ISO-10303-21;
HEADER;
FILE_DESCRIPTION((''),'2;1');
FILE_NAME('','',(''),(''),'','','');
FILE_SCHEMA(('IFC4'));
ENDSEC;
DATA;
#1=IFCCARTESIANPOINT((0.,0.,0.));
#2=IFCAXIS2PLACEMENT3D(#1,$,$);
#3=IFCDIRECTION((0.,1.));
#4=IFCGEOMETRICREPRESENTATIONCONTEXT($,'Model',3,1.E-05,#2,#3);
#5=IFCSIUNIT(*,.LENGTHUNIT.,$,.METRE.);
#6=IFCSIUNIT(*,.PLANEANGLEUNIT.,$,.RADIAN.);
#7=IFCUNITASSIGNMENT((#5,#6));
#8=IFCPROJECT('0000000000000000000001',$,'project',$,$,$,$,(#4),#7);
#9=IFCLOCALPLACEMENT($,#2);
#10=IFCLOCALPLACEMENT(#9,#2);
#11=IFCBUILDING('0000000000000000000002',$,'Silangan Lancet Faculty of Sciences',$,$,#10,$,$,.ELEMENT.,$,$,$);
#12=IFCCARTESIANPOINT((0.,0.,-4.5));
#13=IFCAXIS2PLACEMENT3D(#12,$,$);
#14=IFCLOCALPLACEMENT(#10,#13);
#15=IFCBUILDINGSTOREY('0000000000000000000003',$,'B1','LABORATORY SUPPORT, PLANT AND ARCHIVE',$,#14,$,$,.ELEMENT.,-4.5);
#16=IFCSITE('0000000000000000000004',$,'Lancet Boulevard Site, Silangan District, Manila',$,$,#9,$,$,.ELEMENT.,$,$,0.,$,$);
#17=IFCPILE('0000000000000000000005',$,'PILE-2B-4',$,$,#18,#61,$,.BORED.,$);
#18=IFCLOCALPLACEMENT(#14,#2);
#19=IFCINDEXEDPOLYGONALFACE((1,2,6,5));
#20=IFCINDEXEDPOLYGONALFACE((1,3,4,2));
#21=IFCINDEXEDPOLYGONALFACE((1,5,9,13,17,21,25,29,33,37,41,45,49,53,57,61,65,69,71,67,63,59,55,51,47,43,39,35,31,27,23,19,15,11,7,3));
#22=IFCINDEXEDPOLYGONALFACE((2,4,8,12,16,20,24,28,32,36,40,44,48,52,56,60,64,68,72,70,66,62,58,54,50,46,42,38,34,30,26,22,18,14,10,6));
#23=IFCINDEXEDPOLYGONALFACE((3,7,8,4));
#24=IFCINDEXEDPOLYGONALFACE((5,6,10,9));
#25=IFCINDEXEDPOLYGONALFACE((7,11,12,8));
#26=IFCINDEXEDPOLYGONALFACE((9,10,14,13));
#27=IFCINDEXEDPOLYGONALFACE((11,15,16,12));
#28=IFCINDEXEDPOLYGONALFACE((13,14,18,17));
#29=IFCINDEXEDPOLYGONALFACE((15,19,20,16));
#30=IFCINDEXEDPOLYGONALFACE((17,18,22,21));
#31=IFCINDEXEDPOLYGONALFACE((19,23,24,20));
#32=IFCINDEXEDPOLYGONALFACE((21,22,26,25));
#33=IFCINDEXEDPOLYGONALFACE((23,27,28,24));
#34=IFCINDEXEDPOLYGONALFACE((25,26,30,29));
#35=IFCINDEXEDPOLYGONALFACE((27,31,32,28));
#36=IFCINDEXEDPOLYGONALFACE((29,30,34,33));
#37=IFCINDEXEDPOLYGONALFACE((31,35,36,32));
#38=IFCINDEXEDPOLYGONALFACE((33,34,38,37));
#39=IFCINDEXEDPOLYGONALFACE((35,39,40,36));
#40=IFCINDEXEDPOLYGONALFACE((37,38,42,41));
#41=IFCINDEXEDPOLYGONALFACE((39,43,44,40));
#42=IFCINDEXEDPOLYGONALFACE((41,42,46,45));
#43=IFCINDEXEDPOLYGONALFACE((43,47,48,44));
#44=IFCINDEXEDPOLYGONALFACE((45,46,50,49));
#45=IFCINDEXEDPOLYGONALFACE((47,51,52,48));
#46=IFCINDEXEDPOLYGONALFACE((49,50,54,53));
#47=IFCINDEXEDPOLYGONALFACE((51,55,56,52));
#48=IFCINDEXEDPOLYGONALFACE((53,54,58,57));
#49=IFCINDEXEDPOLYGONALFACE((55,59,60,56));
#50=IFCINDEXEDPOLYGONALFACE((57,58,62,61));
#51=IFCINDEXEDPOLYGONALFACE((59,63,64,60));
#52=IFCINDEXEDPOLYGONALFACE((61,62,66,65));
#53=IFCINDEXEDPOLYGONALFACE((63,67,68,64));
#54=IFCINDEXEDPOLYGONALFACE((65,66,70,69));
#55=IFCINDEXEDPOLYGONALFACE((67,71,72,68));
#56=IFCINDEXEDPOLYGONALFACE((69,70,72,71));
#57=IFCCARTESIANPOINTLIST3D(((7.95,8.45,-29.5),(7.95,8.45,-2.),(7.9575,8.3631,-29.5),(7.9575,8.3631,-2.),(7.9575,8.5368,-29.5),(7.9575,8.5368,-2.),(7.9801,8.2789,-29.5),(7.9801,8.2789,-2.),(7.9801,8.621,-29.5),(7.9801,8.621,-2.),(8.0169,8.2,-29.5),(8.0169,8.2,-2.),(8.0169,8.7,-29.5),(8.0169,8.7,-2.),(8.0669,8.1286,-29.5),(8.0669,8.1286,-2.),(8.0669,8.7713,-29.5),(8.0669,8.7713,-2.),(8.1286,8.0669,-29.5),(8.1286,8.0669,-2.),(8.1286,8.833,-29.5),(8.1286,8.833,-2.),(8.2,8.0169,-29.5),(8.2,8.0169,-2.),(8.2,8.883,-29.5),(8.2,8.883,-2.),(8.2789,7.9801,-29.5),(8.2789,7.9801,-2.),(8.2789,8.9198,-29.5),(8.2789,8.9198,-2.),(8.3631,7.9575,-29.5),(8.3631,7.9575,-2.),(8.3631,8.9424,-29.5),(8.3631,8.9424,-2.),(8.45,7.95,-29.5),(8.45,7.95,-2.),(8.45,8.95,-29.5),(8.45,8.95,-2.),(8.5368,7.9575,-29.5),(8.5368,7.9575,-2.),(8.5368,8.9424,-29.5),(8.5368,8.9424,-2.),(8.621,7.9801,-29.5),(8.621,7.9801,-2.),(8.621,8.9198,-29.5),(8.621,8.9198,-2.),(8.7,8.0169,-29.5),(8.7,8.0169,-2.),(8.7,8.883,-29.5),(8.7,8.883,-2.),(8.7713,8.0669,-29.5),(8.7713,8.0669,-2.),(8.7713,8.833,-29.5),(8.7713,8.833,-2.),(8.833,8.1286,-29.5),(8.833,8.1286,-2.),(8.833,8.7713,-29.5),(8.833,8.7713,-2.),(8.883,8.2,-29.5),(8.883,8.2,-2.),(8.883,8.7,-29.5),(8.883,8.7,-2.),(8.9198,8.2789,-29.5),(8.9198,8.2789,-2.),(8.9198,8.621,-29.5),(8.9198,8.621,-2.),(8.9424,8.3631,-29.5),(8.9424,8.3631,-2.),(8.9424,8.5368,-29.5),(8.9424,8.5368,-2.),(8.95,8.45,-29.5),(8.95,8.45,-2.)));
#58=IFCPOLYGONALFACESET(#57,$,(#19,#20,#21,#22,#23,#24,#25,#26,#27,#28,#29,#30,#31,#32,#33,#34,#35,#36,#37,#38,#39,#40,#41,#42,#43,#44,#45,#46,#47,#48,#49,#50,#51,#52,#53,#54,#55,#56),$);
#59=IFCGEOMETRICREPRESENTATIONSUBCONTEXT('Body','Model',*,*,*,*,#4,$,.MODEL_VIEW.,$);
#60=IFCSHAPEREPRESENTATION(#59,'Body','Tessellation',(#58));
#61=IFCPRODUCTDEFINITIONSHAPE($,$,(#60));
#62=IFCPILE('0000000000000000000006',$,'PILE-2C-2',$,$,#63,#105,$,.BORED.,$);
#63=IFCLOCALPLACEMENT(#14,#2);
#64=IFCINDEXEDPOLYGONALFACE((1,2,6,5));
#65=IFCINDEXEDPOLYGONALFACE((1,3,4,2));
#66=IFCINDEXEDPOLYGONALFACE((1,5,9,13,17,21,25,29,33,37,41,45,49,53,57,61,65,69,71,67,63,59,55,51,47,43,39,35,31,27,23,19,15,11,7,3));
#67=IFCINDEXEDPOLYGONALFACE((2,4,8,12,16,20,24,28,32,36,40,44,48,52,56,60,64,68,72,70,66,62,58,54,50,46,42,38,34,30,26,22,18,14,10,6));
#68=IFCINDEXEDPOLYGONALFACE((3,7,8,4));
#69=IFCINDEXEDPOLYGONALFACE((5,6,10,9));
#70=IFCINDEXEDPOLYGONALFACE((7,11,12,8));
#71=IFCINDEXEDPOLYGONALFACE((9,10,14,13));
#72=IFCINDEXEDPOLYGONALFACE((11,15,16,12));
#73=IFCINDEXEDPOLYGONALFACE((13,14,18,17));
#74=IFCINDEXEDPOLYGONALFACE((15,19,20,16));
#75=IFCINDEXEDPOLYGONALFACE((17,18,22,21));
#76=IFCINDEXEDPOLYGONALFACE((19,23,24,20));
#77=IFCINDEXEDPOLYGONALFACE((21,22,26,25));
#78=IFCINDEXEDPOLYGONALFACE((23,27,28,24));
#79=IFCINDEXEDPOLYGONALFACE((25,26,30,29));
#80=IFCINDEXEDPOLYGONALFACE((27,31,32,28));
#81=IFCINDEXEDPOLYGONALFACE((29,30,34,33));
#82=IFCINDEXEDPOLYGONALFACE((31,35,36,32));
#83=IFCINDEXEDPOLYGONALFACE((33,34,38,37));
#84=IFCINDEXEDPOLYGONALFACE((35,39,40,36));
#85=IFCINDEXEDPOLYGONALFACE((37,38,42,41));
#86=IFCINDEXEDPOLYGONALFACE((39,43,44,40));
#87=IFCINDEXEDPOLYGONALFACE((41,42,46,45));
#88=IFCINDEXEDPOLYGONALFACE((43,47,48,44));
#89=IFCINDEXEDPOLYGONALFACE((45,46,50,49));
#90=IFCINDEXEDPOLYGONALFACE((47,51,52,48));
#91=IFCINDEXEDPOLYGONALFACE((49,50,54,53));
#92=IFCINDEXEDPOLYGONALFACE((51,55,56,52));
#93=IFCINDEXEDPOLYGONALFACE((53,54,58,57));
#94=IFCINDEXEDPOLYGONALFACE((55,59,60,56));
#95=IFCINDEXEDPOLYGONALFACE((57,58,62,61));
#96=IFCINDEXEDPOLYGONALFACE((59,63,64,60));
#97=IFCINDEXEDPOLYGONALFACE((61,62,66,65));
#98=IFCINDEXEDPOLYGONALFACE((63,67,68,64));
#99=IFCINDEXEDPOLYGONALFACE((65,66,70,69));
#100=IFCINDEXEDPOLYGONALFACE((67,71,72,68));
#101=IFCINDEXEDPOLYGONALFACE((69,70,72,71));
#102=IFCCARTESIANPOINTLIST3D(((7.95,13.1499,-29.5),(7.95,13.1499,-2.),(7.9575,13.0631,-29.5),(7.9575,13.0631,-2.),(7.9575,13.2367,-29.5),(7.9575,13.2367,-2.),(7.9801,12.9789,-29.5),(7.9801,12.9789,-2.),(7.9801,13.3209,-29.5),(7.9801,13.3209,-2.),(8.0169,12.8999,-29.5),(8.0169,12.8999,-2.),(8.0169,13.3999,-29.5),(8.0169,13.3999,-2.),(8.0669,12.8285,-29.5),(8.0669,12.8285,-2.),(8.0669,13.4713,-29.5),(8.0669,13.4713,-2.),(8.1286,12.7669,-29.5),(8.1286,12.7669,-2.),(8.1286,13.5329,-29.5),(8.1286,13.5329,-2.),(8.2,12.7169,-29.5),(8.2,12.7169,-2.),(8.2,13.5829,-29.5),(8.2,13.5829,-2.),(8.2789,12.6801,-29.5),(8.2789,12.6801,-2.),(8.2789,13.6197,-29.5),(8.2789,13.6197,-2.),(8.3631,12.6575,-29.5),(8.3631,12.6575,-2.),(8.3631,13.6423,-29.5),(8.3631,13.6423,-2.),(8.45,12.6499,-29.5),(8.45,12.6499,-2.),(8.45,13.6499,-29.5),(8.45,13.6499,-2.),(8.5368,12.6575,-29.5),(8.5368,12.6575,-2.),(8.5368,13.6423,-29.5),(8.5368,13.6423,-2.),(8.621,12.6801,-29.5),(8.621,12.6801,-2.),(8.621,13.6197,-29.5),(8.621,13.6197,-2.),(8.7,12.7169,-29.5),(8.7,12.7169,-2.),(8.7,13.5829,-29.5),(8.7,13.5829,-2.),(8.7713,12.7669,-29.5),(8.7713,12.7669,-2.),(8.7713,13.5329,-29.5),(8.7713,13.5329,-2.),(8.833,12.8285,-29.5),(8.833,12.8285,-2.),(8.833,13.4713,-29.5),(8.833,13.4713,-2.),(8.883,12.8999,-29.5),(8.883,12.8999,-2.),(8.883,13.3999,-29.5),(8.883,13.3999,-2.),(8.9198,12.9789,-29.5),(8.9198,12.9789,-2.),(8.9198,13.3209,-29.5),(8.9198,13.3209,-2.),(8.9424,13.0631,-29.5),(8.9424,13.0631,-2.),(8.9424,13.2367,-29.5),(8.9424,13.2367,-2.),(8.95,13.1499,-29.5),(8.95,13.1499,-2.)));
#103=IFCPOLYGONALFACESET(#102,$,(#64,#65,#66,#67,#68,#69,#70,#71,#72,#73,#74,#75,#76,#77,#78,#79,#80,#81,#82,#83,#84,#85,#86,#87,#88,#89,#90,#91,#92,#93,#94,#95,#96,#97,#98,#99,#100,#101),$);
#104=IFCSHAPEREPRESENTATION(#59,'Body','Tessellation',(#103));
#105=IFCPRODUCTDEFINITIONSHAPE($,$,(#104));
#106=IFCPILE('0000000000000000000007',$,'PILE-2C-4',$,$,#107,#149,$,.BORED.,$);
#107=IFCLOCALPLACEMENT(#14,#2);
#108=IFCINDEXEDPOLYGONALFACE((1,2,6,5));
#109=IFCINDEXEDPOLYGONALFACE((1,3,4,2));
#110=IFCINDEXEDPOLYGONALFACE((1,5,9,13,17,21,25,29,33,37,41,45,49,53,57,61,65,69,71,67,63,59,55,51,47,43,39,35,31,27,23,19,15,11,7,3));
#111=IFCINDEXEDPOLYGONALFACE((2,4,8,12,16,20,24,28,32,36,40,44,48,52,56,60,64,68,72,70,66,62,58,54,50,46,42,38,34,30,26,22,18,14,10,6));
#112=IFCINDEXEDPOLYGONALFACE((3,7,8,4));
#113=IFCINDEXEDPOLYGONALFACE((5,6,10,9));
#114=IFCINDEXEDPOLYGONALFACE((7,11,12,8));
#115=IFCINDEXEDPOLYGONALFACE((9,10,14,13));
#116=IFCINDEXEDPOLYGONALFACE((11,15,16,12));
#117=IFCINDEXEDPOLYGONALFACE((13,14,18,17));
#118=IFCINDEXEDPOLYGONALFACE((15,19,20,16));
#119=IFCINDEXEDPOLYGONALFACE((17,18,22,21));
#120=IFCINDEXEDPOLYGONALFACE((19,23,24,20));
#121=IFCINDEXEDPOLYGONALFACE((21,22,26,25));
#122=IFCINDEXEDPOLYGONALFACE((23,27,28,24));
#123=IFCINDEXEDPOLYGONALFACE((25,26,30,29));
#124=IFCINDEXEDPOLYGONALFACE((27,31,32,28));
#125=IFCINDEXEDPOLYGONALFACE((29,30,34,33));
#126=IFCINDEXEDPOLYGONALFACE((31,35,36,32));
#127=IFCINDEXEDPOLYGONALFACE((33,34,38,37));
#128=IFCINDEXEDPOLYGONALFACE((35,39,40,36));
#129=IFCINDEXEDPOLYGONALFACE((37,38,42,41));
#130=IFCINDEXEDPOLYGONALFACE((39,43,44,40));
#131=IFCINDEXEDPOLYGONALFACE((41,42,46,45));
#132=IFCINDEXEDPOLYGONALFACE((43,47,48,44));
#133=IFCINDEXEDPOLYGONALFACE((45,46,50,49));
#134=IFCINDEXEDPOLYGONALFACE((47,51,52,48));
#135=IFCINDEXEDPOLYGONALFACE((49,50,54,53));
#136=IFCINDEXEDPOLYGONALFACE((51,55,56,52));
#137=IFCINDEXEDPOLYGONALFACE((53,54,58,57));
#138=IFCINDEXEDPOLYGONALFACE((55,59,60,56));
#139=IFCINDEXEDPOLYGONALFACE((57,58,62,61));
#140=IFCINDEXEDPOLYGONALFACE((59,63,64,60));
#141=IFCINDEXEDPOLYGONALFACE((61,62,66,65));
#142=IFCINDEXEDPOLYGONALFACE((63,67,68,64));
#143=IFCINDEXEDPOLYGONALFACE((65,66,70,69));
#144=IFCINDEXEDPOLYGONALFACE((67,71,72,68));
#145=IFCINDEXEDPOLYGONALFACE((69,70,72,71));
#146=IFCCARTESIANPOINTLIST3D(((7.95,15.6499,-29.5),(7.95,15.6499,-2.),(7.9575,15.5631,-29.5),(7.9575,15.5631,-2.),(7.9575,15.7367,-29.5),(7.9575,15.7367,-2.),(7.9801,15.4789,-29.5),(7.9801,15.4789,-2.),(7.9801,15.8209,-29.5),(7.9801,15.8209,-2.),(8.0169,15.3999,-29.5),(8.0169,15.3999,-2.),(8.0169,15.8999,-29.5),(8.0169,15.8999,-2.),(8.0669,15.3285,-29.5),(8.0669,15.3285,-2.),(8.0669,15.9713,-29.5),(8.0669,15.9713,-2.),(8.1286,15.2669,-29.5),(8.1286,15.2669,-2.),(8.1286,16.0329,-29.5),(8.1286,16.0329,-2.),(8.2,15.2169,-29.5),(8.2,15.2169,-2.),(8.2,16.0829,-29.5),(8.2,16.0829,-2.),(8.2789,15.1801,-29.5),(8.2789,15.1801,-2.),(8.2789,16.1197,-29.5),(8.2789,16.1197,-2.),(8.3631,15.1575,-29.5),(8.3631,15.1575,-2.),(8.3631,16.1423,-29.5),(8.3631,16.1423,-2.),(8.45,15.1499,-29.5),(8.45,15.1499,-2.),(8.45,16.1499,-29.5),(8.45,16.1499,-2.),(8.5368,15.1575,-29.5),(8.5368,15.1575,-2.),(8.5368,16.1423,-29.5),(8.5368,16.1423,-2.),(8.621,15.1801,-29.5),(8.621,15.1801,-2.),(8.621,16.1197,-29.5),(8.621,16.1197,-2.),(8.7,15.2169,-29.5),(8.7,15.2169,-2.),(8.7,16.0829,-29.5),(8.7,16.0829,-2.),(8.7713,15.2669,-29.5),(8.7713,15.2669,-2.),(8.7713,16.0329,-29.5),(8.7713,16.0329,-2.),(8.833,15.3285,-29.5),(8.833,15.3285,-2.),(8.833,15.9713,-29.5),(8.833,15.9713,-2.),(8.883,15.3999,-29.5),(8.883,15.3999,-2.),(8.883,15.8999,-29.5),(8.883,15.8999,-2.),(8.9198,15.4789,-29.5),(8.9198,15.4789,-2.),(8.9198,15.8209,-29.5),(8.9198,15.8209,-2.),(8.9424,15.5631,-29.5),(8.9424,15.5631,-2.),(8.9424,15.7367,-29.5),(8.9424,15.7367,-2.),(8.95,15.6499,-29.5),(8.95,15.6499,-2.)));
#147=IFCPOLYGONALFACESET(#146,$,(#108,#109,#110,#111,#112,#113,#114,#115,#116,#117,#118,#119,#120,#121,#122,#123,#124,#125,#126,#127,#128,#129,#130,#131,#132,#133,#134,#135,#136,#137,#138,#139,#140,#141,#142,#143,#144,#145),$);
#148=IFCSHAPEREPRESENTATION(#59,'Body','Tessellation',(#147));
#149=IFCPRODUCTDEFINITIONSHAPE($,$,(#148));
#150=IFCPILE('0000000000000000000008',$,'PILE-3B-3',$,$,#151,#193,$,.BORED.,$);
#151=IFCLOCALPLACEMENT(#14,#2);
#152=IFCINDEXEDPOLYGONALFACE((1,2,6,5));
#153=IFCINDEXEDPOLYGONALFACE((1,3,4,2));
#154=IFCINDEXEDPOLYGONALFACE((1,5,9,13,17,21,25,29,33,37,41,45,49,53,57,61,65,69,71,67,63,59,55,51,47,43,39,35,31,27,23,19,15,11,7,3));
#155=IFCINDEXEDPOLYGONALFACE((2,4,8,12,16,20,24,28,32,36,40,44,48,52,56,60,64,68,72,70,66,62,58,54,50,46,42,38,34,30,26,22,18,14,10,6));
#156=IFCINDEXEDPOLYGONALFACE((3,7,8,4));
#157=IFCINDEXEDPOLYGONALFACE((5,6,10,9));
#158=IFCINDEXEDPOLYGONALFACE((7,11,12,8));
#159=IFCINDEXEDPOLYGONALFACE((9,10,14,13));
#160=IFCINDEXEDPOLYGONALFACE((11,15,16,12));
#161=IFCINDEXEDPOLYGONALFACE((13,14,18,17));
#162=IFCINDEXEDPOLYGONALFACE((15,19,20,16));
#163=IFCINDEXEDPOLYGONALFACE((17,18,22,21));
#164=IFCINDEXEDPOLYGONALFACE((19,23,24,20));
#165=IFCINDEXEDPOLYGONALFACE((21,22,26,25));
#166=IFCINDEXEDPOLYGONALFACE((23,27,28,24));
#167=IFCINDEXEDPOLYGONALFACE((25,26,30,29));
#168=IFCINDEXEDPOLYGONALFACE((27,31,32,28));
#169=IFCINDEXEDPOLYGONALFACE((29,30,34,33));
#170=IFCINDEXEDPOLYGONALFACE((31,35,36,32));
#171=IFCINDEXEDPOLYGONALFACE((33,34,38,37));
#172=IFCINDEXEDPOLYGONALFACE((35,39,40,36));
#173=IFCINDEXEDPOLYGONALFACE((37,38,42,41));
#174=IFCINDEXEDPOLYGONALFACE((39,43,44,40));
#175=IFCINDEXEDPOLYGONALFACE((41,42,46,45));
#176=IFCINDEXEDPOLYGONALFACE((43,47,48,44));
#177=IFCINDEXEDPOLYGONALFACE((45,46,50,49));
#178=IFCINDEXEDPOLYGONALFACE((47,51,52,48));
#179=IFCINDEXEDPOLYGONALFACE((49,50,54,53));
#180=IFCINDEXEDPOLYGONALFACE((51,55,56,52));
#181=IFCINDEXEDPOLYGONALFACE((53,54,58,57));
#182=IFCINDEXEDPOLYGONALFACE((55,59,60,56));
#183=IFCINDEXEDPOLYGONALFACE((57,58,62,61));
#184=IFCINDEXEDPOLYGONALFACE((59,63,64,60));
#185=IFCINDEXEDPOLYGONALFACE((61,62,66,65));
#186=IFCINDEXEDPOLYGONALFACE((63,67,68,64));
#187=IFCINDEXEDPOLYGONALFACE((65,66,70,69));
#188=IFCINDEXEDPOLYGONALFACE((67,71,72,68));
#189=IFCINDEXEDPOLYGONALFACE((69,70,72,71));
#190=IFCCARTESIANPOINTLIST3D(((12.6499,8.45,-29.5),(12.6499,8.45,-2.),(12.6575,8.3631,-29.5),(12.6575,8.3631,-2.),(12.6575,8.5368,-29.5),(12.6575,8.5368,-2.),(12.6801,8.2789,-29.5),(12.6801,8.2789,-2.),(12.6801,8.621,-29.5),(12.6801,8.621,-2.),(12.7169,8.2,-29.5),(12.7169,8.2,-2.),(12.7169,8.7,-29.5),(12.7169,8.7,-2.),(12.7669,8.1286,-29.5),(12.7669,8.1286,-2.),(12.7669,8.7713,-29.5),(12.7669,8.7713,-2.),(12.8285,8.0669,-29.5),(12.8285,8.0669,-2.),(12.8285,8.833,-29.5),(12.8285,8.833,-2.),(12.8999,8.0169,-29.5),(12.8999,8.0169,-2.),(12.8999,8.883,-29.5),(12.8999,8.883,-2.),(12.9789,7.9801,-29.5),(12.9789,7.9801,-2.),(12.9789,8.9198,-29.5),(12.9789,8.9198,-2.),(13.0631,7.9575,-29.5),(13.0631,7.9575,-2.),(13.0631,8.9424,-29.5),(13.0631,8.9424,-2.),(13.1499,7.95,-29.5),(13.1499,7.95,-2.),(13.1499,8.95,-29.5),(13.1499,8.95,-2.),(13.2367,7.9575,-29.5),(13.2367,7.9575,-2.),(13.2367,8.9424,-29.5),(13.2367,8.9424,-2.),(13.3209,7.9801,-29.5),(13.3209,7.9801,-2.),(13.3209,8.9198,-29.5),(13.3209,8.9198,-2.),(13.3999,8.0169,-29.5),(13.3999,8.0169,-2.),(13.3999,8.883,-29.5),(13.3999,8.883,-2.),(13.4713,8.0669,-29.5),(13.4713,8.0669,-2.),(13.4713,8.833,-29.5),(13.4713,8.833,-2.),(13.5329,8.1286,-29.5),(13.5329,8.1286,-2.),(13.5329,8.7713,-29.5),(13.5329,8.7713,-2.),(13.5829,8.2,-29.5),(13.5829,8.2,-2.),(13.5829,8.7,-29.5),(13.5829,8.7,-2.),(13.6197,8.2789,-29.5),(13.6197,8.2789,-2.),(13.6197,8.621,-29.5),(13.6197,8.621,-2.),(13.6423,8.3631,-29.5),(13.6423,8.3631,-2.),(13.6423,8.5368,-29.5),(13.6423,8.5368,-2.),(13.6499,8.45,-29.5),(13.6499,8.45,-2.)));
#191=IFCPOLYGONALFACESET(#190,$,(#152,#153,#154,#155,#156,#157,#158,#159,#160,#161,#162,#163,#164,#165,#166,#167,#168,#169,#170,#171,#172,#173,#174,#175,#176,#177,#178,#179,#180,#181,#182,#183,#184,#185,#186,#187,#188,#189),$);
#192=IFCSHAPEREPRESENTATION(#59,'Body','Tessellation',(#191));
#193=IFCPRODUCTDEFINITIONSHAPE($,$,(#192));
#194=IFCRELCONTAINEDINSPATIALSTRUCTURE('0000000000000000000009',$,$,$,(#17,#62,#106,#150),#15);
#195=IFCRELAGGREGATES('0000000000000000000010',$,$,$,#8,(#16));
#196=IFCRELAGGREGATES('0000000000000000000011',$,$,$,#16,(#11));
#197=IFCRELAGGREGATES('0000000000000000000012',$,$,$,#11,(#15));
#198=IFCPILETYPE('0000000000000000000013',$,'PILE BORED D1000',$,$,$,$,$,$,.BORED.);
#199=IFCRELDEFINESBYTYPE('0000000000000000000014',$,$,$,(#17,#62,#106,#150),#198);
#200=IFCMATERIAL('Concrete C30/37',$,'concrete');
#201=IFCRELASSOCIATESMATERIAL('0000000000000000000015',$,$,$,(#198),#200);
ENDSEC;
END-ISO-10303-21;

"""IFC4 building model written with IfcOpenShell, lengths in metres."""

from ifc_helpers import new_model, si_unit, direction, frame, origin, origin_2d, place, context, subcontext, project, spatial, circle, extrude, material, material_profile, profile_set, type_object, element, save


model = new_model("IFC4")

# Units and contexts
model_context = context("Model", 3, precision=1e-05, world=origin(), true_north=direction((0.0, 1.0)))
body_context = subcontext(model_context, "Body", "Model", "MODEL_VIEW")
ifc_project = project(units=[si_unit("LENGTHUNIT", "METRE"), si_unit("PLANEANGLEUNIT", "RADIAN")], contexts=[model_context])

# Site, building, storey
site_placement = place(None, origin())
site = spatial("IfcSite", under=ifc_project, at=site_placement, Name="Lancet Boulevard Site, Silangan District, Manila", CompositionType="ELEMENT", RefElevation=0.0)
building_placement = place(site_placement, origin())
building = spatial("IfcBuilding", under=site, at=building_placement, Name="Silangan Lancet Faculty of Sciences", CompositionType="ELEMENT")
storey_placement = place(building_placement, frame((0.0, 0.0, -4.5)))
storey = spatial("IfcBuildingStorey", under=building, at=storey_placement, Name="B1", Description="LABORATORY SUPPORT, PLANT AND ARCHIVE", CompositionType="ELEMENT", Elevation=-4.5)

# Piles
ifc_material_1 = material(Name="Concrete C30/37", Category="concrete")
ifc_material_profile_1 = material_profile(ifc_material_1, circle(Radius=0.5, at=origin_2d()), Name="BORED PILE D1000")
ifc_profile_set_1 = profile_set([ifc_material_profile_1], Name="Concrete C30/37")
pile_type = type_object("IfcPileType", Name="PILE BORED D1000", PredefinedType="BORED", material=ifc_profile_set_1)
for number, where, z_axis, x_axis, name in (
    (1, (8.45, 8.45, -2.0), (0.0, 0.0, -1.0), (1.0, 0.0, 0.0), "PILE-2B-4"),
    (2, (8.45, 13.1499, -2.0), (0.0, 0.0, -1.0), (1.0, 0.0, 0.0), "PILE-2C-2"),
    (3, (8.45, 15.6499, -2.0), (0.0, 0.0, -1.0), (1.0, 0.0, 0.0), "PILE-2C-4"),
    (4, (13.1499, 8.45, -2.0), (0.0, 0.0, -1.0), (1.0, 0.0, 0.0), "PILE-3B-3"),
):
    element("IfcPile", number, at=place(storey_placement, frame(where, z_axis=z_axis, x_axis=x_axis)), inside=storey, type_object=pile_type, Name=name, PredefinedType="BORED", context=body_context, shape_type="SweptSolid", body=[
        extrude(circle(Radius=0.5, at=origin_2d()), origin(), (0.0, 0.0, 1.0), 27.5),
    ])

save(model, "model.ifc")
